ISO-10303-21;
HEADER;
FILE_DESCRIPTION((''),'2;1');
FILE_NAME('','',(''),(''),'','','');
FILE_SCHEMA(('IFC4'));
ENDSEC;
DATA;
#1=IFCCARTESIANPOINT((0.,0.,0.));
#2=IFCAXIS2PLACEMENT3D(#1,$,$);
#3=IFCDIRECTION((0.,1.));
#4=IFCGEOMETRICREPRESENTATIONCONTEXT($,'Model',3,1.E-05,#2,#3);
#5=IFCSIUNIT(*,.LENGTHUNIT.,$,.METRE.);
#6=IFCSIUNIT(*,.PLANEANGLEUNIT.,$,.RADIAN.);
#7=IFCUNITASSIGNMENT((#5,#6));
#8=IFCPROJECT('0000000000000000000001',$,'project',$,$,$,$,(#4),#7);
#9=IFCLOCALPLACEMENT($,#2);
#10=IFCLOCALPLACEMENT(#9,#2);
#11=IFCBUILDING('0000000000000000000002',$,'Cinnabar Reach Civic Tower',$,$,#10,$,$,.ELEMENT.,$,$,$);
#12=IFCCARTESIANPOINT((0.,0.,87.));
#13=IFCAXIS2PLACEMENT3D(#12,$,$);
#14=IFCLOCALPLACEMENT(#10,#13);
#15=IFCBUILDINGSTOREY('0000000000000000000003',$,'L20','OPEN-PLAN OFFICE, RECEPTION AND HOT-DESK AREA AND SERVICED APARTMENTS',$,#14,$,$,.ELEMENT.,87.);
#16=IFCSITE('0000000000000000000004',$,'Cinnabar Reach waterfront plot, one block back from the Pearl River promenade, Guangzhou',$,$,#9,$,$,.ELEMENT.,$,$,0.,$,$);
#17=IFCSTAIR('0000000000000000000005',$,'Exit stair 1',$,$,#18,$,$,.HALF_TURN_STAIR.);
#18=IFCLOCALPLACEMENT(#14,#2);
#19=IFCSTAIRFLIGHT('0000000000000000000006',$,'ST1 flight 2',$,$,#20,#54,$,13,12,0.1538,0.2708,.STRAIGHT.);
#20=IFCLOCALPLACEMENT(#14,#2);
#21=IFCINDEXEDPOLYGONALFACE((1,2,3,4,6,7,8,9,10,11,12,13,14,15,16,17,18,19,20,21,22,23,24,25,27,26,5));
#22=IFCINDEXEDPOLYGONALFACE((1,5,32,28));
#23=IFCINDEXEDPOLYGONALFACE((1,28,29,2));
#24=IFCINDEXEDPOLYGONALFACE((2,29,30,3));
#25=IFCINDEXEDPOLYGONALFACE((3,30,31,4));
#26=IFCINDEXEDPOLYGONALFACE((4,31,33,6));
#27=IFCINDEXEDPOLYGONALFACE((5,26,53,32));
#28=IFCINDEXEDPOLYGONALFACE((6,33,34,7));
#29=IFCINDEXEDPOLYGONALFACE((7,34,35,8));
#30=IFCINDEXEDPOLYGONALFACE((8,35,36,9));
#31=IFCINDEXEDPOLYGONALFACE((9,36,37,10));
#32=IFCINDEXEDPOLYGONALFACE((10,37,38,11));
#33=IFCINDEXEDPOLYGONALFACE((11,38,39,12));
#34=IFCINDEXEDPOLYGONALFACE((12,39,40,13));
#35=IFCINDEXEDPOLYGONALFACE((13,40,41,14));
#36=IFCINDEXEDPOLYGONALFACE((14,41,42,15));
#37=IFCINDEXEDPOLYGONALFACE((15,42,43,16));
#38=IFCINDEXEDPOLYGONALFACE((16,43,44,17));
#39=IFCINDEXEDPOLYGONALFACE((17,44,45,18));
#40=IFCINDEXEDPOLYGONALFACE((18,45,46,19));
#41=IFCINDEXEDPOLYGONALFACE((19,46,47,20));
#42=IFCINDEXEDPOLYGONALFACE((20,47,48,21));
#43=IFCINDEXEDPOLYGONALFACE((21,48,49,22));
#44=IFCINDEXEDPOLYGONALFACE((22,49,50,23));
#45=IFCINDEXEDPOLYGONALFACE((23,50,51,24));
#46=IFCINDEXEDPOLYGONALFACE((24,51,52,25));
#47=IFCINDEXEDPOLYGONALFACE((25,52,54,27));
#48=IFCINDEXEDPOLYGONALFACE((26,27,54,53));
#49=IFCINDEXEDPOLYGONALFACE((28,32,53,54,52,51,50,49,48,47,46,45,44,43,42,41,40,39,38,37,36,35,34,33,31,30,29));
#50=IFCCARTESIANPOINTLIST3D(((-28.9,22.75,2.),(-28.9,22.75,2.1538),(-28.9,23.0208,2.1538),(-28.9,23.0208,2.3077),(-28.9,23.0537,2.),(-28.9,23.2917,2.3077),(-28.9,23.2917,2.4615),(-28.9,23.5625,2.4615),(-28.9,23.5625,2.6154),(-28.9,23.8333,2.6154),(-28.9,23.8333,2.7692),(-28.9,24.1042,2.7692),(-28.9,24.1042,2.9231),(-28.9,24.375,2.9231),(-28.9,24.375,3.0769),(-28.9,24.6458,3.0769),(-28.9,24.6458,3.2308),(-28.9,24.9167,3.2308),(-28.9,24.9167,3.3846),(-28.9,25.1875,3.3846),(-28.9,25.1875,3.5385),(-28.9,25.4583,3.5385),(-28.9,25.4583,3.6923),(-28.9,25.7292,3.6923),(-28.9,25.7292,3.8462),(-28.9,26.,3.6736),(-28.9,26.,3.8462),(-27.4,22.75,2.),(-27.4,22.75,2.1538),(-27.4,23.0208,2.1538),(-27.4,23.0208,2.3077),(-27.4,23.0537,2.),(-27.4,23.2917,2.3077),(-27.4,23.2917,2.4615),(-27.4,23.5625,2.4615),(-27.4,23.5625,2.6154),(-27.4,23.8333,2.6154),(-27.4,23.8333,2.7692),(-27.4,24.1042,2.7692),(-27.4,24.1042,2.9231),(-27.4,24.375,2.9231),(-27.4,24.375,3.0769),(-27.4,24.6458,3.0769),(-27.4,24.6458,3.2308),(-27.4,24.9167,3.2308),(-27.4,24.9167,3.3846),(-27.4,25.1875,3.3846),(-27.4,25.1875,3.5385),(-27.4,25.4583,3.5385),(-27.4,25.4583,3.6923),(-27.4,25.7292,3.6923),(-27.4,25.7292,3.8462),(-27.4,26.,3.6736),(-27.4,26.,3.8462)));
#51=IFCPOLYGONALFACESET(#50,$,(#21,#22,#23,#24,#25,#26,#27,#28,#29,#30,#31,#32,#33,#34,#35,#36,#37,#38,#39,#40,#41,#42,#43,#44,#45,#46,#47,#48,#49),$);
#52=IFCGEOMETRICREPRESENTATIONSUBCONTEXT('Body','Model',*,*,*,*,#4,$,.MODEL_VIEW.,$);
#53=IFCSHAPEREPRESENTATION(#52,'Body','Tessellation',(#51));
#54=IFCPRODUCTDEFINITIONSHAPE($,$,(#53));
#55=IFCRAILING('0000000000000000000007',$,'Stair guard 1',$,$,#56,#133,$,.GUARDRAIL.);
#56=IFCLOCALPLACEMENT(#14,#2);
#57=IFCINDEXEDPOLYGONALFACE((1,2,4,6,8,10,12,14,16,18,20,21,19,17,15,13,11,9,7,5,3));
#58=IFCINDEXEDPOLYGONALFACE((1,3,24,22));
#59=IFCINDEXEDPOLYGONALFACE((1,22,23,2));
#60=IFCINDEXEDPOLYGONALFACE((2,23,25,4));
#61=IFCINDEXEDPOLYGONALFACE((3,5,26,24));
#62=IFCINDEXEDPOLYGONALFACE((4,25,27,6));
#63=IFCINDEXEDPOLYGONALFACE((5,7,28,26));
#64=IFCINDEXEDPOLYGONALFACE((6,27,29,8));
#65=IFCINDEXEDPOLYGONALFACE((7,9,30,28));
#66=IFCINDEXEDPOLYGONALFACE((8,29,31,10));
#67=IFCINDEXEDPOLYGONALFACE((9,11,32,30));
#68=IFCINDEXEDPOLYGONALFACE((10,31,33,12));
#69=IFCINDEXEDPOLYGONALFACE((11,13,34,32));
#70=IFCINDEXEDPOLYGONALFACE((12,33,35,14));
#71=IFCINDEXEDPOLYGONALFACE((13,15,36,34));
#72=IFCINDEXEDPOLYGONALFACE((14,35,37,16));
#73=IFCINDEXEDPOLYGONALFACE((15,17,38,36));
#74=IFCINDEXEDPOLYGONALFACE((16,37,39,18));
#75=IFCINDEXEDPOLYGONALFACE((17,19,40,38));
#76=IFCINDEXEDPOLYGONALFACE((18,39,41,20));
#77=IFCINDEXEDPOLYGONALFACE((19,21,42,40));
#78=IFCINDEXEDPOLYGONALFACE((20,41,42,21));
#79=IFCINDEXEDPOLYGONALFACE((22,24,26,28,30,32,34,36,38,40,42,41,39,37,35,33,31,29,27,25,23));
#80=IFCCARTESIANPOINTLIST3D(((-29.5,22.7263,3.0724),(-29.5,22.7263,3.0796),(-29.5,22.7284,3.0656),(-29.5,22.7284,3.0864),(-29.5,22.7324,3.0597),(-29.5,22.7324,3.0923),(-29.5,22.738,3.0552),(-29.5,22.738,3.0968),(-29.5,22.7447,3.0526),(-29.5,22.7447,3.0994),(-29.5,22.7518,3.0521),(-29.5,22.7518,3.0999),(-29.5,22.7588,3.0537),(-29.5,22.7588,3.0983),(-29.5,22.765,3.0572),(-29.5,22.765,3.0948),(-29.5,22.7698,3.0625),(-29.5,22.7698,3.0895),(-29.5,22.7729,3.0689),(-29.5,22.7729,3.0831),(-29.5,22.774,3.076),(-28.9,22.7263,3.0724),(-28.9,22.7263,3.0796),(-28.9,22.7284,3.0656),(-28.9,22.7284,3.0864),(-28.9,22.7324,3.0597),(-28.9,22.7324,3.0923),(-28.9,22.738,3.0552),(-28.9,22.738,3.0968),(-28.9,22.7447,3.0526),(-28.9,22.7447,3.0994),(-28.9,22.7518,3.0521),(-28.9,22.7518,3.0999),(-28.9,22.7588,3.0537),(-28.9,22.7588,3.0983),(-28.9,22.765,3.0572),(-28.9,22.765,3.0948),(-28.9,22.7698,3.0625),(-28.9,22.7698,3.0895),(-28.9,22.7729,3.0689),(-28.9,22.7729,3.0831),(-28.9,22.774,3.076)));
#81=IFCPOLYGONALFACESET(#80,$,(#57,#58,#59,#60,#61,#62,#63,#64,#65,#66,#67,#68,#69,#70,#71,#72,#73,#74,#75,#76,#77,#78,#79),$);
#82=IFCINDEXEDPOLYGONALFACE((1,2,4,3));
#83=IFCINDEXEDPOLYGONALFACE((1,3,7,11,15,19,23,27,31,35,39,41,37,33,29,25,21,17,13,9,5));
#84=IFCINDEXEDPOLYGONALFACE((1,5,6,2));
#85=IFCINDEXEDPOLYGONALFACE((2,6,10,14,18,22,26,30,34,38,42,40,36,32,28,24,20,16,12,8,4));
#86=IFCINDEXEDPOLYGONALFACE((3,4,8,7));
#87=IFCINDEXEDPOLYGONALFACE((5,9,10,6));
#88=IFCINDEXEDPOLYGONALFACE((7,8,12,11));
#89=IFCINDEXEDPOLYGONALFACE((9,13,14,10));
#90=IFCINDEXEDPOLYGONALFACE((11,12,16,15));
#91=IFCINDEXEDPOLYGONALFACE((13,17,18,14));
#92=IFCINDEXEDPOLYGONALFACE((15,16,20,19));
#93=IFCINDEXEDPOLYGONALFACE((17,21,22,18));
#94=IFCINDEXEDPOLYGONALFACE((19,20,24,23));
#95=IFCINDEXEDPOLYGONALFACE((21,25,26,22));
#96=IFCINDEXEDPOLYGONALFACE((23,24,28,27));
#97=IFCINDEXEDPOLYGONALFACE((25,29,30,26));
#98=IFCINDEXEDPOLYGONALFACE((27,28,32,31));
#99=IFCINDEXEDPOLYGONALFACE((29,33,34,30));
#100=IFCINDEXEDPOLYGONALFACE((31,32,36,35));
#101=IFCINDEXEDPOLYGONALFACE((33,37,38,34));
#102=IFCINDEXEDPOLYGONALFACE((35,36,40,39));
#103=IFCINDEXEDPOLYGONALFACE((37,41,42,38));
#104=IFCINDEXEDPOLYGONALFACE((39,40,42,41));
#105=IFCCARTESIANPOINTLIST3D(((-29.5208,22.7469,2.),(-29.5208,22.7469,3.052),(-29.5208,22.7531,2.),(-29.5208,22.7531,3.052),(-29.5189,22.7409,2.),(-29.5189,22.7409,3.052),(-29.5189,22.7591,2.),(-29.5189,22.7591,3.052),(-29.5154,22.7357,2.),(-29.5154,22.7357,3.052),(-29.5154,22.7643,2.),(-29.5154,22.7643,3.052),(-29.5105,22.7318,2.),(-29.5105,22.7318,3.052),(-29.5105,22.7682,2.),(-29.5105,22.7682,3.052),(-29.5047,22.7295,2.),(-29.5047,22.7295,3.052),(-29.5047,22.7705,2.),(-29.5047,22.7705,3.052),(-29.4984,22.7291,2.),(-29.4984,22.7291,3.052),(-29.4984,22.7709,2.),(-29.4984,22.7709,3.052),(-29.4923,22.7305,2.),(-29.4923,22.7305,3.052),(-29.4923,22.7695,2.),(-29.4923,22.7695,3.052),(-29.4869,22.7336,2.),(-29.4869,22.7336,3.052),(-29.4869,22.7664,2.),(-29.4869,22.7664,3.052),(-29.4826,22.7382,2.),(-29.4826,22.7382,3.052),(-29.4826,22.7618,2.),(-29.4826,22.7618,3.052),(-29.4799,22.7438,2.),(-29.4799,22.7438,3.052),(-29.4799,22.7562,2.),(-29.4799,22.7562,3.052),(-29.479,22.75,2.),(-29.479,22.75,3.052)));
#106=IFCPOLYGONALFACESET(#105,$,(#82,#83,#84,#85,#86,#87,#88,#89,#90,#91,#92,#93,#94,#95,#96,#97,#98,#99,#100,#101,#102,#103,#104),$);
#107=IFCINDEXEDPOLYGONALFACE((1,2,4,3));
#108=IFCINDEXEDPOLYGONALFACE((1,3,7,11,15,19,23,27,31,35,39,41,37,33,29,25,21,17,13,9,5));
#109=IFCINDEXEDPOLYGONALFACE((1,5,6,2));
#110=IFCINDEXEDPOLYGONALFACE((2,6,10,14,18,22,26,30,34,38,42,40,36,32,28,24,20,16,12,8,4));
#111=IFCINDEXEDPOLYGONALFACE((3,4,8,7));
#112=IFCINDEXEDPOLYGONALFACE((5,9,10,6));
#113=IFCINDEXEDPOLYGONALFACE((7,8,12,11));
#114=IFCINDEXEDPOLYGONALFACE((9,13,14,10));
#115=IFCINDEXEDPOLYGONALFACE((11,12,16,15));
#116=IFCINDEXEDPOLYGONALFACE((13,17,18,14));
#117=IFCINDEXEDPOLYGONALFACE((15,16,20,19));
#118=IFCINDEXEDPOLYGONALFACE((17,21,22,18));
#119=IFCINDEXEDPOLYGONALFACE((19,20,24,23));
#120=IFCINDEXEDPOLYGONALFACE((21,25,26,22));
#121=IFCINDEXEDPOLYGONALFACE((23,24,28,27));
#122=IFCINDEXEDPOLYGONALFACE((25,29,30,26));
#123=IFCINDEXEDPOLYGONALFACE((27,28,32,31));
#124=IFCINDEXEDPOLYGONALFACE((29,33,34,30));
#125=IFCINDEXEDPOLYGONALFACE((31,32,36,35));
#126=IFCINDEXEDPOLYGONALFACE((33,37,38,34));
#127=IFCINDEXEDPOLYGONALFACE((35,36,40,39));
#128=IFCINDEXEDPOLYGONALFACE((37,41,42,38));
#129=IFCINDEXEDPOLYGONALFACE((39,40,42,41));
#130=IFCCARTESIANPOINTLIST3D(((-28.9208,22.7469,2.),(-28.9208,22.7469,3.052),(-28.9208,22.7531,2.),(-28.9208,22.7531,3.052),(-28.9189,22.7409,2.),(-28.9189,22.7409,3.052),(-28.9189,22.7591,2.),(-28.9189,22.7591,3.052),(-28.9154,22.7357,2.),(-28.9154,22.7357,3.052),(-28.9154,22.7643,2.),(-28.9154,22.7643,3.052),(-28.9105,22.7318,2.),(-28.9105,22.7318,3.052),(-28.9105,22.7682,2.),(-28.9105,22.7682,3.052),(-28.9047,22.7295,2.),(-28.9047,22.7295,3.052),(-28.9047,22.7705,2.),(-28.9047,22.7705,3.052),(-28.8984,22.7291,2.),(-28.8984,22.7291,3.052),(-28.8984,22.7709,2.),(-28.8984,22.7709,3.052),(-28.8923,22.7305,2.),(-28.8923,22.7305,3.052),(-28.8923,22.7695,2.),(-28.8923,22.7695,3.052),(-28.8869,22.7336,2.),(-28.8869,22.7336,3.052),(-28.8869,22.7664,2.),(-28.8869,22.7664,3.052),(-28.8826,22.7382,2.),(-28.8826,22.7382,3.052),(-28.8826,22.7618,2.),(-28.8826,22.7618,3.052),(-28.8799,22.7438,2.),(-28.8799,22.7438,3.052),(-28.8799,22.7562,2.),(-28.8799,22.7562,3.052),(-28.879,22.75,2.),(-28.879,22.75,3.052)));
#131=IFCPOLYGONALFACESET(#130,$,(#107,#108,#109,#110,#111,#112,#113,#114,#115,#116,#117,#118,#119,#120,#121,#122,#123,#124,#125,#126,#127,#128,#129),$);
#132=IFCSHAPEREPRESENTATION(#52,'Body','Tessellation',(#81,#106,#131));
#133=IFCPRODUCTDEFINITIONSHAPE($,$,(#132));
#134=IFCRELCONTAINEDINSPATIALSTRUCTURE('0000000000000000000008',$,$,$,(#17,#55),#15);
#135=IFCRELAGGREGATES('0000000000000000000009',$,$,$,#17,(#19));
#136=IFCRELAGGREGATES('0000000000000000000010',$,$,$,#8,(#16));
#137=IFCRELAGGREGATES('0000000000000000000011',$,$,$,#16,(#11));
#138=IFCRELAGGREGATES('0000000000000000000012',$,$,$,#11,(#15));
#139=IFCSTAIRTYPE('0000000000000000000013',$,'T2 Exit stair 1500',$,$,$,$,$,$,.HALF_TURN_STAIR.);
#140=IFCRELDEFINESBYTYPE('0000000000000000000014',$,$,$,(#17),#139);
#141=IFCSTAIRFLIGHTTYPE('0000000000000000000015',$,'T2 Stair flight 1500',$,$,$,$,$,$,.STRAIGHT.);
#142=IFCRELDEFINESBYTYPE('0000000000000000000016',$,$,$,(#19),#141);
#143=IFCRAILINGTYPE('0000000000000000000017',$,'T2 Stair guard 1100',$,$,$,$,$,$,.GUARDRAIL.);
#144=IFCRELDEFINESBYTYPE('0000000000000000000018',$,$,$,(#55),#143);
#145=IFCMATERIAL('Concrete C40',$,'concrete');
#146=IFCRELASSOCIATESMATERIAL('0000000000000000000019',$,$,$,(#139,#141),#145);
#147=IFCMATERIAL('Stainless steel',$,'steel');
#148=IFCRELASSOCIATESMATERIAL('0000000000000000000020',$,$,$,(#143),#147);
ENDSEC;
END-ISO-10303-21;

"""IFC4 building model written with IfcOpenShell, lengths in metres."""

from ifc_helpers import new_model, si_unit, direction, frame, origin, origin_2d, place, context, subcontext, project, spatial, polyline, circle, outline, extrude, material, type_object, element, aggregate, save


model = new_model("IFC4")

# Units and contexts
model_context = context("Model", 3, precision=1e-05, world=origin(), true_north=direction((0.0, 1.0)))
body_context = subcontext(model_context, "Body", "Model", "MODEL_VIEW")
ifc_project = project(units=[si_unit("LENGTHUNIT", "METRE"), si_unit("PLANEANGLEUNIT", "RADIAN")], contexts=[model_context])

# Site, building, storey
site_placement = place(None, origin())
site = spatial("IfcSite", under=ifc_project, at=site_placement, Name="Cinnabar Reach waterfront plot, one block back from the Pearl River promenade, Guangzhou", CompositionType="ELEMENT", RefElevation=0.0)
building_placement = place(site_placement, origin())
building = spatial("IfcBuilding", under=site, at=building_placement, Name="Cinnabar Reach Civic Tower", CompositionType="ELEMENT")
storey_placement = place(building_placement, frame((0.0, 0.0, 87.0)))
storey = spatial("IfcBuildingStorey", under=building, at=storey_placement, Name="L20", Description="OPEN-PLAN OFFICE, RECEPTION AND HOT-DESK AREA AND SERVICED APARTMENTS", CompositionType="ELEMENT", Elevation=87.0)

# Shared definitions
ifc_material_1 = material(Name="Concrete C40", Category="concrete")

# Stair, stair flight
stair_type = type_object("IfcStairType", Name="T2 Exit stair 1500", PredefinedType="HALF_TURN_STAIR", material=ifc_material_1)
stair_placement = place(storey_placement, origin())
stair = element("IfcStair", 1, at=stair_placement, inside=storey, type_object=stair_type, Name="Exit stair 1", PredefinedType="HALF_TURN_STAIR")
stair_flight_type = type_object("IfcStairFlightType", Name="T2 Stair flight 1500", PredefinedType="STRAIGHT", material=ifc_material_1)
stair_flight_placement = place(storey_placement, frame((-28.15, 22.75, 2.0), z_axis=(0.0, 0.0, 1.0), x_axis=(0.0, 1.0, 0.0)))
stair_flight = element("IfcStairFlight", 2, at=stair_flight_placement, type_object=stair_flight_type, Name="ST1 flight 2", NumberOfRisers=13, NumberOfTreads=12, PredefinedType="STRAIGHT", RiserHeight=0.1538, TreadLength=0.2708, context=body_context, shape_type="SweptSolid", body=[
    extrude(outline(polyline([(0.0, 0.0), (0.0, 0.1538), (0.2708, 0.1538), (0.2708, 0.3077), (0.5417, 0.3077), (0.5417, 0.4615), (0.8125, 0.4615), (0.8125, 0.6154), (1.0833, 0.6154), (1.0833, 0.7692), (1.3542, 0.7692), (1.3542, 0.9231), (1.625, 0.9231), (1.625, 1.0769), (1.8958, 1.0769), (1.8958, 1.2308), (2.1667, 1.2308), (2.1667, 1.3846), (2.4375, 1.3846), (2.4375, 1.5385), (2.7083, 1.5385), (2.7083, 1.6923), (2.9792, 1.6923), (2.9792, 1.8462), (3.25, 1.8462), (3.25, 2.0), (3.25, 1.6736), (0.3037, 0.0), (0.0, 0.0)])), frame((0.0, 0.75, 0.0), z_axis=(0.0, -1.0, 0.0), x_axis=(1.0, 0.0, 0.0)), (0.0, 0.0, 1.0), 1.5),
])
aggregate(stair, [stair_flight])

# Railing
ifc_material_2 = material(Name="Stainless steel", Category="steel")
railing_type = type_object("IfcRailingType", Name="T2 Stair guard 1100", PredefinedType="GUARDRAIL", material=ifc_material_2)
railing_1_placement = place(storey_placement, frame((-29.5, 22.75, 2.0)))
element("IfcRailing", 3, at=railing_1_placement, inside=storey, type_object=railing_type, Name="Stair guard 1", PredefinedType="GUARDRAIL", context=body_context, shape_type="SweptSolid", body=[
    extrude(circle(Radius=0.024, at=origin_2d()), frame((0.0, 0.0, 1.076), z_axis=(1.0, 0.0, 0.0), x_axis=(0.0, 1.0, 0.0)), (0.0, 0.0, 1.0), 0.6),
    extrude(circle(Radius=0.021, at=origin_2d()), origin(), (0.0, 0.0, 1.0), 1.052),
    extrude(circle(Radius=0.021, at=origin_2d()), frame((0.6, 0.0, 0.0)), (0.0, 0.0, 1.0), 1.052),
])

save(model, "model.ifc")
